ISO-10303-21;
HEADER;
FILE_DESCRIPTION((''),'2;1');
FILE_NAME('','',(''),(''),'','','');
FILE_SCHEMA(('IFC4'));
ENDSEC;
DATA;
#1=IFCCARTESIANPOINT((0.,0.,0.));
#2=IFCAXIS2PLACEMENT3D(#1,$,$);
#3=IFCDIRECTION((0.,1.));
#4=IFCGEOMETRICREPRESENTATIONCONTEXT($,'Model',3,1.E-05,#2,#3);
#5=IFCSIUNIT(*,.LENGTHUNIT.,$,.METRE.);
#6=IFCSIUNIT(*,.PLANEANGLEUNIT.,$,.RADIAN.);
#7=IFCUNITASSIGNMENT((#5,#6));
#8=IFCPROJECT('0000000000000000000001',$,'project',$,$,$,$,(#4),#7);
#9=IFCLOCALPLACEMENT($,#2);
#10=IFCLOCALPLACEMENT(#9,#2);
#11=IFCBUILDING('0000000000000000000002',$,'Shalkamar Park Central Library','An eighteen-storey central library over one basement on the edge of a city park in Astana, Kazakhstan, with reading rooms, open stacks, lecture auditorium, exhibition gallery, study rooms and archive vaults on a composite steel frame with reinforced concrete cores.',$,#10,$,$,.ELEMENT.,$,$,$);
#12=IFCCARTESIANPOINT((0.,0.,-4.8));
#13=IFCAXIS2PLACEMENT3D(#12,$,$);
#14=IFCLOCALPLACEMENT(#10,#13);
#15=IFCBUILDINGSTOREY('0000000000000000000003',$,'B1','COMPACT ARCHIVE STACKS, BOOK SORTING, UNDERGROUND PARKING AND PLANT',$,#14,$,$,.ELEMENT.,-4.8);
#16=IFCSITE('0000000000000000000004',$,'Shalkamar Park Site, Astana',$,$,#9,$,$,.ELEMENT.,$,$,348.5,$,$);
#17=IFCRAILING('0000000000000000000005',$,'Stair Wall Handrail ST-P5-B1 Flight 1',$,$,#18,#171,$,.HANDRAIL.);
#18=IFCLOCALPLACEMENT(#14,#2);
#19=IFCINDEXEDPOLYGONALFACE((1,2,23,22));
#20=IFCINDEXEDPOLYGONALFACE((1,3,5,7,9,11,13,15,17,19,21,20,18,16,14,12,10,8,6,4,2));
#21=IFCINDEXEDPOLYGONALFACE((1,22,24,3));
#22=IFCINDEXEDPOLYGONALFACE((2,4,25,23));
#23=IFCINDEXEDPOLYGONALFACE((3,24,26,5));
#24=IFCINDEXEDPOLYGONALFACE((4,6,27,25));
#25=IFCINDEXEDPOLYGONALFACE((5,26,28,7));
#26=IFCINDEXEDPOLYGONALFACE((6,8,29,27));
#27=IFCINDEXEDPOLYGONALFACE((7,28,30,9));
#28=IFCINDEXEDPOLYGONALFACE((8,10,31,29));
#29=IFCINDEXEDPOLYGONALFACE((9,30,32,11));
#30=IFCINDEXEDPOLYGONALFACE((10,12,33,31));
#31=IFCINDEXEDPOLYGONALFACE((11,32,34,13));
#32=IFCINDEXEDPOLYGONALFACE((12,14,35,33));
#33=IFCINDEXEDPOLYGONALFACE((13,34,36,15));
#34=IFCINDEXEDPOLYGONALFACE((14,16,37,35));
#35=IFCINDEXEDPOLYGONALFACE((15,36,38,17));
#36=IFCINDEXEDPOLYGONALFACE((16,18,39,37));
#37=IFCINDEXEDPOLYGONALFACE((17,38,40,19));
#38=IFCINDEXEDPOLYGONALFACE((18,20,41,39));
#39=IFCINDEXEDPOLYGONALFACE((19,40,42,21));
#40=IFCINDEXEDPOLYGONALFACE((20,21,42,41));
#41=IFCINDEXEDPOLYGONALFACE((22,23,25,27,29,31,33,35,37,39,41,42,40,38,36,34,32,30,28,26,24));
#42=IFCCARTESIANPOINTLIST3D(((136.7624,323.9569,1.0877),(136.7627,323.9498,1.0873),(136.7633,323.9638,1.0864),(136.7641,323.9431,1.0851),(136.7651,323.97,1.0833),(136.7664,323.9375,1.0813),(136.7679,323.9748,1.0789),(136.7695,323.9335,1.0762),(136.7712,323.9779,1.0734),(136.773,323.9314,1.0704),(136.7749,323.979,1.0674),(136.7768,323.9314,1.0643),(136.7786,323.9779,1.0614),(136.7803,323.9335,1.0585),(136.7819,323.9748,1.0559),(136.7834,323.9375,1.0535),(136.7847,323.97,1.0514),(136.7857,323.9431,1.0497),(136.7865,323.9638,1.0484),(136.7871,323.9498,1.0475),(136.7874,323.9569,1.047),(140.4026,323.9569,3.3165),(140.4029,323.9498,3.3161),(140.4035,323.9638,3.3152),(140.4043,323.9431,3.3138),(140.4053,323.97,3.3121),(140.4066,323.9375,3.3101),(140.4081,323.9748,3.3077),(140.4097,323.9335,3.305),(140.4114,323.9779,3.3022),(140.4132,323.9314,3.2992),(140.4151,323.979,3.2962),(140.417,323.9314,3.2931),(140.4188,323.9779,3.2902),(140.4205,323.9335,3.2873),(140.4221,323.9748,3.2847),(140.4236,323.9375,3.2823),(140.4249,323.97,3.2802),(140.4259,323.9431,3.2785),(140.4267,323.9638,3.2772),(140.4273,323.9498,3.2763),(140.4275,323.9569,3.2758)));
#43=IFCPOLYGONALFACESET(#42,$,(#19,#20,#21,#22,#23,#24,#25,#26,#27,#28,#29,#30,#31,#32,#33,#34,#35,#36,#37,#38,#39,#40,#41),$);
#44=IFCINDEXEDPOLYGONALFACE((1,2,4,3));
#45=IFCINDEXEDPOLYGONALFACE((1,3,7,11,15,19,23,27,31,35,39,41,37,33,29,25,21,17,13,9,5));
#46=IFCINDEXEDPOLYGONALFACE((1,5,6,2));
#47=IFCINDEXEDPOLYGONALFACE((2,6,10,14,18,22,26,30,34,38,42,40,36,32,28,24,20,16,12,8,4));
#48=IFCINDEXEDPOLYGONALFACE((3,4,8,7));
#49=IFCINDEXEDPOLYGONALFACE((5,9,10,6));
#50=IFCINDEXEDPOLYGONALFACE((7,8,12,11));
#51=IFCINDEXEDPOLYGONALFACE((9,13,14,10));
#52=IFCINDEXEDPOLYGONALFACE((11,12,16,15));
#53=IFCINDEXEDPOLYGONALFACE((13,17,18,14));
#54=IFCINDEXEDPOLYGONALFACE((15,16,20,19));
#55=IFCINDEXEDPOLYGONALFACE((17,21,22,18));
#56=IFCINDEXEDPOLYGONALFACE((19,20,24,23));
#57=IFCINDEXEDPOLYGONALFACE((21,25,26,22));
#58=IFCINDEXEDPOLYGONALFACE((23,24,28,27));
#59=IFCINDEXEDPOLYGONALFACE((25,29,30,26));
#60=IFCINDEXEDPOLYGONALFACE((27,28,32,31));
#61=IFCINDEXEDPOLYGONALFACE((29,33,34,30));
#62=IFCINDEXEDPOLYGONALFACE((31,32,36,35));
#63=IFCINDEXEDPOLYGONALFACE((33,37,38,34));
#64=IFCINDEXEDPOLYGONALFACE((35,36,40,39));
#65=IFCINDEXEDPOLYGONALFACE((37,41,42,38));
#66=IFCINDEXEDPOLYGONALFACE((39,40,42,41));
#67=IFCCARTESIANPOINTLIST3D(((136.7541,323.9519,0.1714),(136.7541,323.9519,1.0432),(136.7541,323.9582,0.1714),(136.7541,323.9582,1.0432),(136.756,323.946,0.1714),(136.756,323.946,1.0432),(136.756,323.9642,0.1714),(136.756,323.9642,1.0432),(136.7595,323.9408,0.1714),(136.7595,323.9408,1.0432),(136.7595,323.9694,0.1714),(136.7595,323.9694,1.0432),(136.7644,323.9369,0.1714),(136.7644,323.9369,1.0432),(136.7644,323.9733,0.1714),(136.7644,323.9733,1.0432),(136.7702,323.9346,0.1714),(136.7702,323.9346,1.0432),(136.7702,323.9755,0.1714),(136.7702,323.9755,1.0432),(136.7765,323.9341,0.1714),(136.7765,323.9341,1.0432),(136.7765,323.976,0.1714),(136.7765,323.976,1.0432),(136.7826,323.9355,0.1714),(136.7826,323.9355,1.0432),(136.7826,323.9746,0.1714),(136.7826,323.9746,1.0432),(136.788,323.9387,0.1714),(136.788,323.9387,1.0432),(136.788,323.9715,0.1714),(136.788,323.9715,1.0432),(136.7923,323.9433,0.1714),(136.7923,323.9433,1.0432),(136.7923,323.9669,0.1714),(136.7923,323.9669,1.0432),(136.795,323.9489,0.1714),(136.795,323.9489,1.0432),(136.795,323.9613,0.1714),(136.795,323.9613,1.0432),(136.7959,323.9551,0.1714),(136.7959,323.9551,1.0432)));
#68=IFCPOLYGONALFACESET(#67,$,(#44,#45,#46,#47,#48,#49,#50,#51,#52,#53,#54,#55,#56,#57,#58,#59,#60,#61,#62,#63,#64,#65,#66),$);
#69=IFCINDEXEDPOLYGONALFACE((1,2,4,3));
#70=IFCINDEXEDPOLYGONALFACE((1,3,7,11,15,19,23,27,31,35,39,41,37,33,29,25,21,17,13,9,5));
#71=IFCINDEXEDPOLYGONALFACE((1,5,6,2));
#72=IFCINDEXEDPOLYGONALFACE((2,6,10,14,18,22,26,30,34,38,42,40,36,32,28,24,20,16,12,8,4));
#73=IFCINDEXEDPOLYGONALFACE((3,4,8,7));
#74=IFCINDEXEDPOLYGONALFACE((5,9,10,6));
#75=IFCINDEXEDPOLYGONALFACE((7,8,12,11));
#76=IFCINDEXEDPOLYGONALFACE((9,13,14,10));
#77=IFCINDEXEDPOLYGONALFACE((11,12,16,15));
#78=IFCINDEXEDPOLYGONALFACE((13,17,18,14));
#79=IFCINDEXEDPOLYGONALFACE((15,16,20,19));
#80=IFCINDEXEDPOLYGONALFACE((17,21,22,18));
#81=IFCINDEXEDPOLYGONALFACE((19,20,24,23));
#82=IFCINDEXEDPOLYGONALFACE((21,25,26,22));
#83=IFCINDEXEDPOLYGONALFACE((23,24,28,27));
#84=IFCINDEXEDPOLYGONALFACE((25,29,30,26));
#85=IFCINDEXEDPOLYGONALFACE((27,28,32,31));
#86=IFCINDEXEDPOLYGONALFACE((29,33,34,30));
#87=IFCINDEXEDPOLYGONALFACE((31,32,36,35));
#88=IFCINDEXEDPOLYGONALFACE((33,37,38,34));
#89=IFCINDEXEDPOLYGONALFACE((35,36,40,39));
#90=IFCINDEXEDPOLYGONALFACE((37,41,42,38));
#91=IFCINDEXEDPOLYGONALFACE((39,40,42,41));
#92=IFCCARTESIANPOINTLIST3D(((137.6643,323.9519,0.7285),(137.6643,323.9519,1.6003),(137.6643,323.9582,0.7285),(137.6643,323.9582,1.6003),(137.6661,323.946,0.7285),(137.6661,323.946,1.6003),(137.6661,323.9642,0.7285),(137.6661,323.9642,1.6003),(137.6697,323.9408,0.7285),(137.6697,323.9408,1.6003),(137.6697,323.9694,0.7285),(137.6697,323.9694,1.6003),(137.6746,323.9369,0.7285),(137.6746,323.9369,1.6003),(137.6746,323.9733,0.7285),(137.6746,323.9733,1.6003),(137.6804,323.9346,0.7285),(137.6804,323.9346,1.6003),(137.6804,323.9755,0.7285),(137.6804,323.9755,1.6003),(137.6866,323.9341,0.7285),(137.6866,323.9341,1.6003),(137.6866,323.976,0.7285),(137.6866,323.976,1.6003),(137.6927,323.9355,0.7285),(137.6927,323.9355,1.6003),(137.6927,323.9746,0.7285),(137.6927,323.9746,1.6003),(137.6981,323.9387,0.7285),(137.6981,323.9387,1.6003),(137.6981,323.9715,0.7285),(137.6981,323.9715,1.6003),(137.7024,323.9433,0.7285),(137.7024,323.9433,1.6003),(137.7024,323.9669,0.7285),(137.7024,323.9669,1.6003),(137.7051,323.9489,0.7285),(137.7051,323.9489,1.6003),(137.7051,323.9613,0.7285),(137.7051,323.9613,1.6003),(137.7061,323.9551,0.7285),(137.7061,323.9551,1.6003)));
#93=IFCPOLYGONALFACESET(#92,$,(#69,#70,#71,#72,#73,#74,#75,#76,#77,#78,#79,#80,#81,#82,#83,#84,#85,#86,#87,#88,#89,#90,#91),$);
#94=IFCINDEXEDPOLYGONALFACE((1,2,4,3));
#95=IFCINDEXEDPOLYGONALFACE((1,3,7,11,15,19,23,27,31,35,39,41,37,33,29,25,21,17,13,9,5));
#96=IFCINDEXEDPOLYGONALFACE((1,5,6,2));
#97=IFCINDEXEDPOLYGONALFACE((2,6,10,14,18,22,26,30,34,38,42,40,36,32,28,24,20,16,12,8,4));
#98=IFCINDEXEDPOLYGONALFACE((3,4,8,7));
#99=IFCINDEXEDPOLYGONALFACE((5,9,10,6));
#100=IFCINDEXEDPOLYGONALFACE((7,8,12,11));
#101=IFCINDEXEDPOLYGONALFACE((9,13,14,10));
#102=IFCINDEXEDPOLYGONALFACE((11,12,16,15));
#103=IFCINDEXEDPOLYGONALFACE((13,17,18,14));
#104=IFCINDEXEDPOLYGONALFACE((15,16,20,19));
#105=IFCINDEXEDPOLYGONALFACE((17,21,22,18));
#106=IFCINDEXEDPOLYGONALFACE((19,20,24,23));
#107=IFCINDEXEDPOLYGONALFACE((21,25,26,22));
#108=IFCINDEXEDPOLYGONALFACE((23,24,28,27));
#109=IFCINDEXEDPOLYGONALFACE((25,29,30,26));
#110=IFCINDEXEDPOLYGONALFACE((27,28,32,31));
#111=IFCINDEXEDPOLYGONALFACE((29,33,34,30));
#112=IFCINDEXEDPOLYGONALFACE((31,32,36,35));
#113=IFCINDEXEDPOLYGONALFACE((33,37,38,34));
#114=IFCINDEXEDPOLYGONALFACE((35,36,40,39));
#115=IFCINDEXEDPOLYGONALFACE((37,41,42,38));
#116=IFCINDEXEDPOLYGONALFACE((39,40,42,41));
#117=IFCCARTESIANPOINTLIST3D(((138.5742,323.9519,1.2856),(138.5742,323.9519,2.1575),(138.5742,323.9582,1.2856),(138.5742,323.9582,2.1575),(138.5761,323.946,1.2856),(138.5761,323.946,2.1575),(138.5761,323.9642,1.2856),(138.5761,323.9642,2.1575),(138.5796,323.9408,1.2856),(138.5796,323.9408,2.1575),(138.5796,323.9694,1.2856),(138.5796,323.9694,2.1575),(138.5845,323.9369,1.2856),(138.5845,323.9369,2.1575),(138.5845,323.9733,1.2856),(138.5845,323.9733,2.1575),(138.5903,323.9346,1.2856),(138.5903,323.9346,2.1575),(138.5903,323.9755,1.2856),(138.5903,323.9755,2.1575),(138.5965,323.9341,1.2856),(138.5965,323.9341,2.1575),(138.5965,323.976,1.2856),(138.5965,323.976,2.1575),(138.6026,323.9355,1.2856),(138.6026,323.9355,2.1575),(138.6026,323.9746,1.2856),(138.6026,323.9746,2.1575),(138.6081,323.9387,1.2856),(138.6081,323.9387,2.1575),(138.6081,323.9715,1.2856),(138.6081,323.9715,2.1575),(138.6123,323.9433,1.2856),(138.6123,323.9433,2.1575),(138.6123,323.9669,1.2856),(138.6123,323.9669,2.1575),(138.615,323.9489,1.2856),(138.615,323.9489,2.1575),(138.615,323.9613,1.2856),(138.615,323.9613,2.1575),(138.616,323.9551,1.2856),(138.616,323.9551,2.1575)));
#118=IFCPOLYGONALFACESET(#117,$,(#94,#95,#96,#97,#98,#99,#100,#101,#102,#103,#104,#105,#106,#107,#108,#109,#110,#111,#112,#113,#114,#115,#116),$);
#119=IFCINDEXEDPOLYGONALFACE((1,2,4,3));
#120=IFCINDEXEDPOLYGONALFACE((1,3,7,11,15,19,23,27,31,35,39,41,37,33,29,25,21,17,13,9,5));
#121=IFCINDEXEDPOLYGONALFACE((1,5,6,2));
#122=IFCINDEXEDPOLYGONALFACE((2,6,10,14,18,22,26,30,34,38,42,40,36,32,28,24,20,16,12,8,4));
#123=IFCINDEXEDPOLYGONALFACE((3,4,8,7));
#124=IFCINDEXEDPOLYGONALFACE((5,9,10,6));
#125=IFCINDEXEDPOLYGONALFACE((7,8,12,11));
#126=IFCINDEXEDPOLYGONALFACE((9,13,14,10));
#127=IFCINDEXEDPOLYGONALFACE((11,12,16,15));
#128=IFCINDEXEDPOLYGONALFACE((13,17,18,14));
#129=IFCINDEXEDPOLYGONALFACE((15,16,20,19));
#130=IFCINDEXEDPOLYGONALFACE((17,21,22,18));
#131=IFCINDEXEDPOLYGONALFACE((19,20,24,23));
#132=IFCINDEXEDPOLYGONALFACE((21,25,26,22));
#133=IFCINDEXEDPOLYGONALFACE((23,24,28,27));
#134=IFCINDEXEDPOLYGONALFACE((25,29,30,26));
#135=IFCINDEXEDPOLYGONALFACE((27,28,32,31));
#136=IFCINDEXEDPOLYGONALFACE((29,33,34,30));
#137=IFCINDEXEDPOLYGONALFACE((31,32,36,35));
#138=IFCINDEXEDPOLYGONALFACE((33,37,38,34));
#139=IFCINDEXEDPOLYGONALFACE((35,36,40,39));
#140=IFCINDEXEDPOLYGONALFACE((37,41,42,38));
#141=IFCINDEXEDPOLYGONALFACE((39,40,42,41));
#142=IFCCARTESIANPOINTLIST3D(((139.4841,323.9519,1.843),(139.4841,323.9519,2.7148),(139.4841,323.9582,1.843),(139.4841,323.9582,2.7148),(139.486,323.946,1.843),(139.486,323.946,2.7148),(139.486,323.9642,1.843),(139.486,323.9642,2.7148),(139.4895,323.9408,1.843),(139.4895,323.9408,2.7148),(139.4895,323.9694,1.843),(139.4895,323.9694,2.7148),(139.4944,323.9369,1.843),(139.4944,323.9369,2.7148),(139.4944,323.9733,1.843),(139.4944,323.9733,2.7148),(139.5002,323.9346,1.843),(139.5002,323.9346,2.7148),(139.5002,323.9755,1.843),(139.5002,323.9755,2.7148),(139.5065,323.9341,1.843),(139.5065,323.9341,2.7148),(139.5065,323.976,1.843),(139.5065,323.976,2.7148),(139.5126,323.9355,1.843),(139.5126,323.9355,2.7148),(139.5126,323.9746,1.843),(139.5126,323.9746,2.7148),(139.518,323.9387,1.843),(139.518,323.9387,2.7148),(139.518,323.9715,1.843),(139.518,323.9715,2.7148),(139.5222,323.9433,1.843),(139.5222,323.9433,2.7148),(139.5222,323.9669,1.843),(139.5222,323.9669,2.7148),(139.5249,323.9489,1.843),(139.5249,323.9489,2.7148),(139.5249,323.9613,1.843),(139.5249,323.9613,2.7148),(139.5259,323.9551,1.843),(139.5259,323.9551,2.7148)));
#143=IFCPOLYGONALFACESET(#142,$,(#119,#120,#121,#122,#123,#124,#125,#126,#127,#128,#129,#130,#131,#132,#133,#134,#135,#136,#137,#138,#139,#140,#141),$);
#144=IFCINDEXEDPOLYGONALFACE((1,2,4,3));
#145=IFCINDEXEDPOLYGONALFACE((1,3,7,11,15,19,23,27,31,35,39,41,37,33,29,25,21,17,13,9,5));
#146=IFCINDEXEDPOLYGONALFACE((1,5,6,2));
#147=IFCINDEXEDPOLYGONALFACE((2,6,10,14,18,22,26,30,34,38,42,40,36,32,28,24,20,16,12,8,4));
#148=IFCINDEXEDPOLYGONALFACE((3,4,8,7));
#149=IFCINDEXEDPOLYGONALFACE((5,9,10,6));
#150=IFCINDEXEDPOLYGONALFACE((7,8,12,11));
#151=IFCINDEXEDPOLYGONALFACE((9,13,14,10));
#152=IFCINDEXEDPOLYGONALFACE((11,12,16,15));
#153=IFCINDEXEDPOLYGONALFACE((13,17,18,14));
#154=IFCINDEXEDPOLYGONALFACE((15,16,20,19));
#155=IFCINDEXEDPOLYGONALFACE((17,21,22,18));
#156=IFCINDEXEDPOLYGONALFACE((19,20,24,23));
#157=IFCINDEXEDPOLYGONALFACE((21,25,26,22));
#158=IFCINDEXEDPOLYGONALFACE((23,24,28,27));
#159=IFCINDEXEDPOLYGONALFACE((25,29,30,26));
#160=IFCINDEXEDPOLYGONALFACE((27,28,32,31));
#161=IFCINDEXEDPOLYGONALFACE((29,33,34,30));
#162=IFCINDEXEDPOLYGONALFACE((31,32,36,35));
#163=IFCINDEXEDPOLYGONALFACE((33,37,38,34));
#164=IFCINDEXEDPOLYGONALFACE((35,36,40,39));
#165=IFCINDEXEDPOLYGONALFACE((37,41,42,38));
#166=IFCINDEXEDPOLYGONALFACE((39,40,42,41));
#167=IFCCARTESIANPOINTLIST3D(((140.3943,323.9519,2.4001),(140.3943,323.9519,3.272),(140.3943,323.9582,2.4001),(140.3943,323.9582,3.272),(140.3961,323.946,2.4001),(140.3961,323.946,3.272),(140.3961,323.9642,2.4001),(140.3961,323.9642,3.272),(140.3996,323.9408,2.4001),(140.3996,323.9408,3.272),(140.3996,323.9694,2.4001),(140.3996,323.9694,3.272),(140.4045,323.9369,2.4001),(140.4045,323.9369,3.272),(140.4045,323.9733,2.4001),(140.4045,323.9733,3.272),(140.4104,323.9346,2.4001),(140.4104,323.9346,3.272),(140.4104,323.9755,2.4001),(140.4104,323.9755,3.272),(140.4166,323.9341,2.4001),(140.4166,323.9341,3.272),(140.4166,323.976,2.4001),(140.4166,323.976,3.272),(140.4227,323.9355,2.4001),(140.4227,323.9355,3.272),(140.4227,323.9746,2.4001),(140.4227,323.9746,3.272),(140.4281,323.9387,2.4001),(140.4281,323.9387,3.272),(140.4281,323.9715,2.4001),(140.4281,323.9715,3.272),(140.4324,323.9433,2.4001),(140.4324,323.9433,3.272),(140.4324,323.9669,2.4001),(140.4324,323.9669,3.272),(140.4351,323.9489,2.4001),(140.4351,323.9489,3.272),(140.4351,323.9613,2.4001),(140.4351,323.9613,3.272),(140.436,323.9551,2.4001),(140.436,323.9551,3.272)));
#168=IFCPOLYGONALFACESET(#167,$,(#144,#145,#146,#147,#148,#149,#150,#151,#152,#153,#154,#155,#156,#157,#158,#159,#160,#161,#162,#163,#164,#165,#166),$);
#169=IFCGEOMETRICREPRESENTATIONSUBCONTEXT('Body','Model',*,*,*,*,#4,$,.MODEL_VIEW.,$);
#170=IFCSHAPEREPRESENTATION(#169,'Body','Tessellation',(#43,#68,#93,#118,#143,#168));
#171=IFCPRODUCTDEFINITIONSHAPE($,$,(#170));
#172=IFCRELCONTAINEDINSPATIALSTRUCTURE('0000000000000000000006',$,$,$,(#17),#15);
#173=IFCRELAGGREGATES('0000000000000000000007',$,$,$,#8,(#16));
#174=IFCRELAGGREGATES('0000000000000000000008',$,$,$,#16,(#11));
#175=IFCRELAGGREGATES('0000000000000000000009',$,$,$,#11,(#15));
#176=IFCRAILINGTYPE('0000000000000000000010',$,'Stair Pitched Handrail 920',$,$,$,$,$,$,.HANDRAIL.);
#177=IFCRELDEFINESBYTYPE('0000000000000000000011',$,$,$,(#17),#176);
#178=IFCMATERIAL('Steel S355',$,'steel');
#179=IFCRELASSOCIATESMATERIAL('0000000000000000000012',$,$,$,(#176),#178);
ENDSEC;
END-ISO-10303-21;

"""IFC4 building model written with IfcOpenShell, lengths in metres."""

from ifc_helpers import new_model, si_unit, direction, frame, origin, origin_2d, place, context, subcontext, project, spatial, circle, extrude, material, type_object, element, save


model = new_model("IFC4")

# Units and contexts
model_context = context("Model", 3, precision=1e-05, world=origin(), true_north=direction((0.0, 1.0)))
body_context = subcontext(model_context, "Body", "Model", "MODEL_VIEW")
ifc_project = project(units=[si_unit("LENGTHUNIT", "METRE"), si_unit("PLANEANGLEUNIT", "RADIAN")], contexts=[model_context])

# Site, building, storey
site_placement = place(None, origin())
site = spatial("IfcSite", under=ifc_project, at=site_placement, Name="Shalkamar Park Site, Astana", CompositionType="ELEMENT", RefElevation=348.5)
building_placement = place(site_placement, origin())
building = spatial("IfcBuilding", under=site, at=building_placement, Name="Shalkamar Park Central Library", Description="An eighteen-storey central library over one basement on the edge of a city park in Astana, Kazakhstan, with reading rooms, open stacks, lecture auditorium, exhibition gallery, study rooms and archive vaults on a composite steel frame with reinforced concrete cores.", CompositionType="ELEMENT")
storey_placement = place(building_placement, frame((0.0, 0.0, -4.8)))
storey = spatial("IfcBuildingStorey", under=building, at=storey_placement, Name="B1", Description="COMPACT ARCHIVE STACKS, BOOK SORTING, UNDERGROUND PARKING AND PLANT", CompositionType="ELEMENT", Elevation=-4.8)

# Shared definitions
ifc_material_1 = material(Name="Steel S355", Category="steel")

# Railing
railing_type_1 = type_object("IfcRailingType", Name="Stair Pitched Handrail 920", PredefinedType="HANDRAIL", material=ifc_material_1)
railing_1_placement = place(storey_placement, frame((136.7749, 323.9551, 0.1714)))
element("IfcRailing", 1, at=railing_1_placement, inside=storey, type_object=railing_type_1, Name="Stair Wall Handrail ST-P5-B1 Flight 1", PredefinedType="HANDRAIL", context=body_context, shape_type="SweptSolid", body=[
    extrude(circle(Radius=0.0239, at=origin_2d()), frame((0.0, 0.0, 0.896), z_axis=(0.85284, 0.0, 0.522172), x_axis=(0.0, 1.0, 0.0)), (0.0, 0.0, 1.0), 4.2683),
    extrude(circle(Radius=0.021, at=origin_2d()), origin(), (0.0, 0.0, 1.0), 0.8718),
    extrude(circle(Radius=0.021, at=origin_2d()), frame((0.9102, 0.0, 0.5571)), (0.0, 0.0, 1.0), 0.8718),
    extrude(circle(Radius=0.021, at=origin_2d()), frame((1.8201, 0.0, 1.1143)), (0.0, 0.0, 1.0), 0.8718),
    extrude(circle(Radius=0.021, at=origin_2d()), frame((2.73, 0.0, 1.6716)), (0.0, 0.0, 1.0), 0.8718),
    extrude(circle(Radius=0.021, at=origin_2d()), frame((3.6401, 0.0, 2.2288)), (0.0, 0.0, 1.0), 0.8718),
])

save(model, "model.ifc")
